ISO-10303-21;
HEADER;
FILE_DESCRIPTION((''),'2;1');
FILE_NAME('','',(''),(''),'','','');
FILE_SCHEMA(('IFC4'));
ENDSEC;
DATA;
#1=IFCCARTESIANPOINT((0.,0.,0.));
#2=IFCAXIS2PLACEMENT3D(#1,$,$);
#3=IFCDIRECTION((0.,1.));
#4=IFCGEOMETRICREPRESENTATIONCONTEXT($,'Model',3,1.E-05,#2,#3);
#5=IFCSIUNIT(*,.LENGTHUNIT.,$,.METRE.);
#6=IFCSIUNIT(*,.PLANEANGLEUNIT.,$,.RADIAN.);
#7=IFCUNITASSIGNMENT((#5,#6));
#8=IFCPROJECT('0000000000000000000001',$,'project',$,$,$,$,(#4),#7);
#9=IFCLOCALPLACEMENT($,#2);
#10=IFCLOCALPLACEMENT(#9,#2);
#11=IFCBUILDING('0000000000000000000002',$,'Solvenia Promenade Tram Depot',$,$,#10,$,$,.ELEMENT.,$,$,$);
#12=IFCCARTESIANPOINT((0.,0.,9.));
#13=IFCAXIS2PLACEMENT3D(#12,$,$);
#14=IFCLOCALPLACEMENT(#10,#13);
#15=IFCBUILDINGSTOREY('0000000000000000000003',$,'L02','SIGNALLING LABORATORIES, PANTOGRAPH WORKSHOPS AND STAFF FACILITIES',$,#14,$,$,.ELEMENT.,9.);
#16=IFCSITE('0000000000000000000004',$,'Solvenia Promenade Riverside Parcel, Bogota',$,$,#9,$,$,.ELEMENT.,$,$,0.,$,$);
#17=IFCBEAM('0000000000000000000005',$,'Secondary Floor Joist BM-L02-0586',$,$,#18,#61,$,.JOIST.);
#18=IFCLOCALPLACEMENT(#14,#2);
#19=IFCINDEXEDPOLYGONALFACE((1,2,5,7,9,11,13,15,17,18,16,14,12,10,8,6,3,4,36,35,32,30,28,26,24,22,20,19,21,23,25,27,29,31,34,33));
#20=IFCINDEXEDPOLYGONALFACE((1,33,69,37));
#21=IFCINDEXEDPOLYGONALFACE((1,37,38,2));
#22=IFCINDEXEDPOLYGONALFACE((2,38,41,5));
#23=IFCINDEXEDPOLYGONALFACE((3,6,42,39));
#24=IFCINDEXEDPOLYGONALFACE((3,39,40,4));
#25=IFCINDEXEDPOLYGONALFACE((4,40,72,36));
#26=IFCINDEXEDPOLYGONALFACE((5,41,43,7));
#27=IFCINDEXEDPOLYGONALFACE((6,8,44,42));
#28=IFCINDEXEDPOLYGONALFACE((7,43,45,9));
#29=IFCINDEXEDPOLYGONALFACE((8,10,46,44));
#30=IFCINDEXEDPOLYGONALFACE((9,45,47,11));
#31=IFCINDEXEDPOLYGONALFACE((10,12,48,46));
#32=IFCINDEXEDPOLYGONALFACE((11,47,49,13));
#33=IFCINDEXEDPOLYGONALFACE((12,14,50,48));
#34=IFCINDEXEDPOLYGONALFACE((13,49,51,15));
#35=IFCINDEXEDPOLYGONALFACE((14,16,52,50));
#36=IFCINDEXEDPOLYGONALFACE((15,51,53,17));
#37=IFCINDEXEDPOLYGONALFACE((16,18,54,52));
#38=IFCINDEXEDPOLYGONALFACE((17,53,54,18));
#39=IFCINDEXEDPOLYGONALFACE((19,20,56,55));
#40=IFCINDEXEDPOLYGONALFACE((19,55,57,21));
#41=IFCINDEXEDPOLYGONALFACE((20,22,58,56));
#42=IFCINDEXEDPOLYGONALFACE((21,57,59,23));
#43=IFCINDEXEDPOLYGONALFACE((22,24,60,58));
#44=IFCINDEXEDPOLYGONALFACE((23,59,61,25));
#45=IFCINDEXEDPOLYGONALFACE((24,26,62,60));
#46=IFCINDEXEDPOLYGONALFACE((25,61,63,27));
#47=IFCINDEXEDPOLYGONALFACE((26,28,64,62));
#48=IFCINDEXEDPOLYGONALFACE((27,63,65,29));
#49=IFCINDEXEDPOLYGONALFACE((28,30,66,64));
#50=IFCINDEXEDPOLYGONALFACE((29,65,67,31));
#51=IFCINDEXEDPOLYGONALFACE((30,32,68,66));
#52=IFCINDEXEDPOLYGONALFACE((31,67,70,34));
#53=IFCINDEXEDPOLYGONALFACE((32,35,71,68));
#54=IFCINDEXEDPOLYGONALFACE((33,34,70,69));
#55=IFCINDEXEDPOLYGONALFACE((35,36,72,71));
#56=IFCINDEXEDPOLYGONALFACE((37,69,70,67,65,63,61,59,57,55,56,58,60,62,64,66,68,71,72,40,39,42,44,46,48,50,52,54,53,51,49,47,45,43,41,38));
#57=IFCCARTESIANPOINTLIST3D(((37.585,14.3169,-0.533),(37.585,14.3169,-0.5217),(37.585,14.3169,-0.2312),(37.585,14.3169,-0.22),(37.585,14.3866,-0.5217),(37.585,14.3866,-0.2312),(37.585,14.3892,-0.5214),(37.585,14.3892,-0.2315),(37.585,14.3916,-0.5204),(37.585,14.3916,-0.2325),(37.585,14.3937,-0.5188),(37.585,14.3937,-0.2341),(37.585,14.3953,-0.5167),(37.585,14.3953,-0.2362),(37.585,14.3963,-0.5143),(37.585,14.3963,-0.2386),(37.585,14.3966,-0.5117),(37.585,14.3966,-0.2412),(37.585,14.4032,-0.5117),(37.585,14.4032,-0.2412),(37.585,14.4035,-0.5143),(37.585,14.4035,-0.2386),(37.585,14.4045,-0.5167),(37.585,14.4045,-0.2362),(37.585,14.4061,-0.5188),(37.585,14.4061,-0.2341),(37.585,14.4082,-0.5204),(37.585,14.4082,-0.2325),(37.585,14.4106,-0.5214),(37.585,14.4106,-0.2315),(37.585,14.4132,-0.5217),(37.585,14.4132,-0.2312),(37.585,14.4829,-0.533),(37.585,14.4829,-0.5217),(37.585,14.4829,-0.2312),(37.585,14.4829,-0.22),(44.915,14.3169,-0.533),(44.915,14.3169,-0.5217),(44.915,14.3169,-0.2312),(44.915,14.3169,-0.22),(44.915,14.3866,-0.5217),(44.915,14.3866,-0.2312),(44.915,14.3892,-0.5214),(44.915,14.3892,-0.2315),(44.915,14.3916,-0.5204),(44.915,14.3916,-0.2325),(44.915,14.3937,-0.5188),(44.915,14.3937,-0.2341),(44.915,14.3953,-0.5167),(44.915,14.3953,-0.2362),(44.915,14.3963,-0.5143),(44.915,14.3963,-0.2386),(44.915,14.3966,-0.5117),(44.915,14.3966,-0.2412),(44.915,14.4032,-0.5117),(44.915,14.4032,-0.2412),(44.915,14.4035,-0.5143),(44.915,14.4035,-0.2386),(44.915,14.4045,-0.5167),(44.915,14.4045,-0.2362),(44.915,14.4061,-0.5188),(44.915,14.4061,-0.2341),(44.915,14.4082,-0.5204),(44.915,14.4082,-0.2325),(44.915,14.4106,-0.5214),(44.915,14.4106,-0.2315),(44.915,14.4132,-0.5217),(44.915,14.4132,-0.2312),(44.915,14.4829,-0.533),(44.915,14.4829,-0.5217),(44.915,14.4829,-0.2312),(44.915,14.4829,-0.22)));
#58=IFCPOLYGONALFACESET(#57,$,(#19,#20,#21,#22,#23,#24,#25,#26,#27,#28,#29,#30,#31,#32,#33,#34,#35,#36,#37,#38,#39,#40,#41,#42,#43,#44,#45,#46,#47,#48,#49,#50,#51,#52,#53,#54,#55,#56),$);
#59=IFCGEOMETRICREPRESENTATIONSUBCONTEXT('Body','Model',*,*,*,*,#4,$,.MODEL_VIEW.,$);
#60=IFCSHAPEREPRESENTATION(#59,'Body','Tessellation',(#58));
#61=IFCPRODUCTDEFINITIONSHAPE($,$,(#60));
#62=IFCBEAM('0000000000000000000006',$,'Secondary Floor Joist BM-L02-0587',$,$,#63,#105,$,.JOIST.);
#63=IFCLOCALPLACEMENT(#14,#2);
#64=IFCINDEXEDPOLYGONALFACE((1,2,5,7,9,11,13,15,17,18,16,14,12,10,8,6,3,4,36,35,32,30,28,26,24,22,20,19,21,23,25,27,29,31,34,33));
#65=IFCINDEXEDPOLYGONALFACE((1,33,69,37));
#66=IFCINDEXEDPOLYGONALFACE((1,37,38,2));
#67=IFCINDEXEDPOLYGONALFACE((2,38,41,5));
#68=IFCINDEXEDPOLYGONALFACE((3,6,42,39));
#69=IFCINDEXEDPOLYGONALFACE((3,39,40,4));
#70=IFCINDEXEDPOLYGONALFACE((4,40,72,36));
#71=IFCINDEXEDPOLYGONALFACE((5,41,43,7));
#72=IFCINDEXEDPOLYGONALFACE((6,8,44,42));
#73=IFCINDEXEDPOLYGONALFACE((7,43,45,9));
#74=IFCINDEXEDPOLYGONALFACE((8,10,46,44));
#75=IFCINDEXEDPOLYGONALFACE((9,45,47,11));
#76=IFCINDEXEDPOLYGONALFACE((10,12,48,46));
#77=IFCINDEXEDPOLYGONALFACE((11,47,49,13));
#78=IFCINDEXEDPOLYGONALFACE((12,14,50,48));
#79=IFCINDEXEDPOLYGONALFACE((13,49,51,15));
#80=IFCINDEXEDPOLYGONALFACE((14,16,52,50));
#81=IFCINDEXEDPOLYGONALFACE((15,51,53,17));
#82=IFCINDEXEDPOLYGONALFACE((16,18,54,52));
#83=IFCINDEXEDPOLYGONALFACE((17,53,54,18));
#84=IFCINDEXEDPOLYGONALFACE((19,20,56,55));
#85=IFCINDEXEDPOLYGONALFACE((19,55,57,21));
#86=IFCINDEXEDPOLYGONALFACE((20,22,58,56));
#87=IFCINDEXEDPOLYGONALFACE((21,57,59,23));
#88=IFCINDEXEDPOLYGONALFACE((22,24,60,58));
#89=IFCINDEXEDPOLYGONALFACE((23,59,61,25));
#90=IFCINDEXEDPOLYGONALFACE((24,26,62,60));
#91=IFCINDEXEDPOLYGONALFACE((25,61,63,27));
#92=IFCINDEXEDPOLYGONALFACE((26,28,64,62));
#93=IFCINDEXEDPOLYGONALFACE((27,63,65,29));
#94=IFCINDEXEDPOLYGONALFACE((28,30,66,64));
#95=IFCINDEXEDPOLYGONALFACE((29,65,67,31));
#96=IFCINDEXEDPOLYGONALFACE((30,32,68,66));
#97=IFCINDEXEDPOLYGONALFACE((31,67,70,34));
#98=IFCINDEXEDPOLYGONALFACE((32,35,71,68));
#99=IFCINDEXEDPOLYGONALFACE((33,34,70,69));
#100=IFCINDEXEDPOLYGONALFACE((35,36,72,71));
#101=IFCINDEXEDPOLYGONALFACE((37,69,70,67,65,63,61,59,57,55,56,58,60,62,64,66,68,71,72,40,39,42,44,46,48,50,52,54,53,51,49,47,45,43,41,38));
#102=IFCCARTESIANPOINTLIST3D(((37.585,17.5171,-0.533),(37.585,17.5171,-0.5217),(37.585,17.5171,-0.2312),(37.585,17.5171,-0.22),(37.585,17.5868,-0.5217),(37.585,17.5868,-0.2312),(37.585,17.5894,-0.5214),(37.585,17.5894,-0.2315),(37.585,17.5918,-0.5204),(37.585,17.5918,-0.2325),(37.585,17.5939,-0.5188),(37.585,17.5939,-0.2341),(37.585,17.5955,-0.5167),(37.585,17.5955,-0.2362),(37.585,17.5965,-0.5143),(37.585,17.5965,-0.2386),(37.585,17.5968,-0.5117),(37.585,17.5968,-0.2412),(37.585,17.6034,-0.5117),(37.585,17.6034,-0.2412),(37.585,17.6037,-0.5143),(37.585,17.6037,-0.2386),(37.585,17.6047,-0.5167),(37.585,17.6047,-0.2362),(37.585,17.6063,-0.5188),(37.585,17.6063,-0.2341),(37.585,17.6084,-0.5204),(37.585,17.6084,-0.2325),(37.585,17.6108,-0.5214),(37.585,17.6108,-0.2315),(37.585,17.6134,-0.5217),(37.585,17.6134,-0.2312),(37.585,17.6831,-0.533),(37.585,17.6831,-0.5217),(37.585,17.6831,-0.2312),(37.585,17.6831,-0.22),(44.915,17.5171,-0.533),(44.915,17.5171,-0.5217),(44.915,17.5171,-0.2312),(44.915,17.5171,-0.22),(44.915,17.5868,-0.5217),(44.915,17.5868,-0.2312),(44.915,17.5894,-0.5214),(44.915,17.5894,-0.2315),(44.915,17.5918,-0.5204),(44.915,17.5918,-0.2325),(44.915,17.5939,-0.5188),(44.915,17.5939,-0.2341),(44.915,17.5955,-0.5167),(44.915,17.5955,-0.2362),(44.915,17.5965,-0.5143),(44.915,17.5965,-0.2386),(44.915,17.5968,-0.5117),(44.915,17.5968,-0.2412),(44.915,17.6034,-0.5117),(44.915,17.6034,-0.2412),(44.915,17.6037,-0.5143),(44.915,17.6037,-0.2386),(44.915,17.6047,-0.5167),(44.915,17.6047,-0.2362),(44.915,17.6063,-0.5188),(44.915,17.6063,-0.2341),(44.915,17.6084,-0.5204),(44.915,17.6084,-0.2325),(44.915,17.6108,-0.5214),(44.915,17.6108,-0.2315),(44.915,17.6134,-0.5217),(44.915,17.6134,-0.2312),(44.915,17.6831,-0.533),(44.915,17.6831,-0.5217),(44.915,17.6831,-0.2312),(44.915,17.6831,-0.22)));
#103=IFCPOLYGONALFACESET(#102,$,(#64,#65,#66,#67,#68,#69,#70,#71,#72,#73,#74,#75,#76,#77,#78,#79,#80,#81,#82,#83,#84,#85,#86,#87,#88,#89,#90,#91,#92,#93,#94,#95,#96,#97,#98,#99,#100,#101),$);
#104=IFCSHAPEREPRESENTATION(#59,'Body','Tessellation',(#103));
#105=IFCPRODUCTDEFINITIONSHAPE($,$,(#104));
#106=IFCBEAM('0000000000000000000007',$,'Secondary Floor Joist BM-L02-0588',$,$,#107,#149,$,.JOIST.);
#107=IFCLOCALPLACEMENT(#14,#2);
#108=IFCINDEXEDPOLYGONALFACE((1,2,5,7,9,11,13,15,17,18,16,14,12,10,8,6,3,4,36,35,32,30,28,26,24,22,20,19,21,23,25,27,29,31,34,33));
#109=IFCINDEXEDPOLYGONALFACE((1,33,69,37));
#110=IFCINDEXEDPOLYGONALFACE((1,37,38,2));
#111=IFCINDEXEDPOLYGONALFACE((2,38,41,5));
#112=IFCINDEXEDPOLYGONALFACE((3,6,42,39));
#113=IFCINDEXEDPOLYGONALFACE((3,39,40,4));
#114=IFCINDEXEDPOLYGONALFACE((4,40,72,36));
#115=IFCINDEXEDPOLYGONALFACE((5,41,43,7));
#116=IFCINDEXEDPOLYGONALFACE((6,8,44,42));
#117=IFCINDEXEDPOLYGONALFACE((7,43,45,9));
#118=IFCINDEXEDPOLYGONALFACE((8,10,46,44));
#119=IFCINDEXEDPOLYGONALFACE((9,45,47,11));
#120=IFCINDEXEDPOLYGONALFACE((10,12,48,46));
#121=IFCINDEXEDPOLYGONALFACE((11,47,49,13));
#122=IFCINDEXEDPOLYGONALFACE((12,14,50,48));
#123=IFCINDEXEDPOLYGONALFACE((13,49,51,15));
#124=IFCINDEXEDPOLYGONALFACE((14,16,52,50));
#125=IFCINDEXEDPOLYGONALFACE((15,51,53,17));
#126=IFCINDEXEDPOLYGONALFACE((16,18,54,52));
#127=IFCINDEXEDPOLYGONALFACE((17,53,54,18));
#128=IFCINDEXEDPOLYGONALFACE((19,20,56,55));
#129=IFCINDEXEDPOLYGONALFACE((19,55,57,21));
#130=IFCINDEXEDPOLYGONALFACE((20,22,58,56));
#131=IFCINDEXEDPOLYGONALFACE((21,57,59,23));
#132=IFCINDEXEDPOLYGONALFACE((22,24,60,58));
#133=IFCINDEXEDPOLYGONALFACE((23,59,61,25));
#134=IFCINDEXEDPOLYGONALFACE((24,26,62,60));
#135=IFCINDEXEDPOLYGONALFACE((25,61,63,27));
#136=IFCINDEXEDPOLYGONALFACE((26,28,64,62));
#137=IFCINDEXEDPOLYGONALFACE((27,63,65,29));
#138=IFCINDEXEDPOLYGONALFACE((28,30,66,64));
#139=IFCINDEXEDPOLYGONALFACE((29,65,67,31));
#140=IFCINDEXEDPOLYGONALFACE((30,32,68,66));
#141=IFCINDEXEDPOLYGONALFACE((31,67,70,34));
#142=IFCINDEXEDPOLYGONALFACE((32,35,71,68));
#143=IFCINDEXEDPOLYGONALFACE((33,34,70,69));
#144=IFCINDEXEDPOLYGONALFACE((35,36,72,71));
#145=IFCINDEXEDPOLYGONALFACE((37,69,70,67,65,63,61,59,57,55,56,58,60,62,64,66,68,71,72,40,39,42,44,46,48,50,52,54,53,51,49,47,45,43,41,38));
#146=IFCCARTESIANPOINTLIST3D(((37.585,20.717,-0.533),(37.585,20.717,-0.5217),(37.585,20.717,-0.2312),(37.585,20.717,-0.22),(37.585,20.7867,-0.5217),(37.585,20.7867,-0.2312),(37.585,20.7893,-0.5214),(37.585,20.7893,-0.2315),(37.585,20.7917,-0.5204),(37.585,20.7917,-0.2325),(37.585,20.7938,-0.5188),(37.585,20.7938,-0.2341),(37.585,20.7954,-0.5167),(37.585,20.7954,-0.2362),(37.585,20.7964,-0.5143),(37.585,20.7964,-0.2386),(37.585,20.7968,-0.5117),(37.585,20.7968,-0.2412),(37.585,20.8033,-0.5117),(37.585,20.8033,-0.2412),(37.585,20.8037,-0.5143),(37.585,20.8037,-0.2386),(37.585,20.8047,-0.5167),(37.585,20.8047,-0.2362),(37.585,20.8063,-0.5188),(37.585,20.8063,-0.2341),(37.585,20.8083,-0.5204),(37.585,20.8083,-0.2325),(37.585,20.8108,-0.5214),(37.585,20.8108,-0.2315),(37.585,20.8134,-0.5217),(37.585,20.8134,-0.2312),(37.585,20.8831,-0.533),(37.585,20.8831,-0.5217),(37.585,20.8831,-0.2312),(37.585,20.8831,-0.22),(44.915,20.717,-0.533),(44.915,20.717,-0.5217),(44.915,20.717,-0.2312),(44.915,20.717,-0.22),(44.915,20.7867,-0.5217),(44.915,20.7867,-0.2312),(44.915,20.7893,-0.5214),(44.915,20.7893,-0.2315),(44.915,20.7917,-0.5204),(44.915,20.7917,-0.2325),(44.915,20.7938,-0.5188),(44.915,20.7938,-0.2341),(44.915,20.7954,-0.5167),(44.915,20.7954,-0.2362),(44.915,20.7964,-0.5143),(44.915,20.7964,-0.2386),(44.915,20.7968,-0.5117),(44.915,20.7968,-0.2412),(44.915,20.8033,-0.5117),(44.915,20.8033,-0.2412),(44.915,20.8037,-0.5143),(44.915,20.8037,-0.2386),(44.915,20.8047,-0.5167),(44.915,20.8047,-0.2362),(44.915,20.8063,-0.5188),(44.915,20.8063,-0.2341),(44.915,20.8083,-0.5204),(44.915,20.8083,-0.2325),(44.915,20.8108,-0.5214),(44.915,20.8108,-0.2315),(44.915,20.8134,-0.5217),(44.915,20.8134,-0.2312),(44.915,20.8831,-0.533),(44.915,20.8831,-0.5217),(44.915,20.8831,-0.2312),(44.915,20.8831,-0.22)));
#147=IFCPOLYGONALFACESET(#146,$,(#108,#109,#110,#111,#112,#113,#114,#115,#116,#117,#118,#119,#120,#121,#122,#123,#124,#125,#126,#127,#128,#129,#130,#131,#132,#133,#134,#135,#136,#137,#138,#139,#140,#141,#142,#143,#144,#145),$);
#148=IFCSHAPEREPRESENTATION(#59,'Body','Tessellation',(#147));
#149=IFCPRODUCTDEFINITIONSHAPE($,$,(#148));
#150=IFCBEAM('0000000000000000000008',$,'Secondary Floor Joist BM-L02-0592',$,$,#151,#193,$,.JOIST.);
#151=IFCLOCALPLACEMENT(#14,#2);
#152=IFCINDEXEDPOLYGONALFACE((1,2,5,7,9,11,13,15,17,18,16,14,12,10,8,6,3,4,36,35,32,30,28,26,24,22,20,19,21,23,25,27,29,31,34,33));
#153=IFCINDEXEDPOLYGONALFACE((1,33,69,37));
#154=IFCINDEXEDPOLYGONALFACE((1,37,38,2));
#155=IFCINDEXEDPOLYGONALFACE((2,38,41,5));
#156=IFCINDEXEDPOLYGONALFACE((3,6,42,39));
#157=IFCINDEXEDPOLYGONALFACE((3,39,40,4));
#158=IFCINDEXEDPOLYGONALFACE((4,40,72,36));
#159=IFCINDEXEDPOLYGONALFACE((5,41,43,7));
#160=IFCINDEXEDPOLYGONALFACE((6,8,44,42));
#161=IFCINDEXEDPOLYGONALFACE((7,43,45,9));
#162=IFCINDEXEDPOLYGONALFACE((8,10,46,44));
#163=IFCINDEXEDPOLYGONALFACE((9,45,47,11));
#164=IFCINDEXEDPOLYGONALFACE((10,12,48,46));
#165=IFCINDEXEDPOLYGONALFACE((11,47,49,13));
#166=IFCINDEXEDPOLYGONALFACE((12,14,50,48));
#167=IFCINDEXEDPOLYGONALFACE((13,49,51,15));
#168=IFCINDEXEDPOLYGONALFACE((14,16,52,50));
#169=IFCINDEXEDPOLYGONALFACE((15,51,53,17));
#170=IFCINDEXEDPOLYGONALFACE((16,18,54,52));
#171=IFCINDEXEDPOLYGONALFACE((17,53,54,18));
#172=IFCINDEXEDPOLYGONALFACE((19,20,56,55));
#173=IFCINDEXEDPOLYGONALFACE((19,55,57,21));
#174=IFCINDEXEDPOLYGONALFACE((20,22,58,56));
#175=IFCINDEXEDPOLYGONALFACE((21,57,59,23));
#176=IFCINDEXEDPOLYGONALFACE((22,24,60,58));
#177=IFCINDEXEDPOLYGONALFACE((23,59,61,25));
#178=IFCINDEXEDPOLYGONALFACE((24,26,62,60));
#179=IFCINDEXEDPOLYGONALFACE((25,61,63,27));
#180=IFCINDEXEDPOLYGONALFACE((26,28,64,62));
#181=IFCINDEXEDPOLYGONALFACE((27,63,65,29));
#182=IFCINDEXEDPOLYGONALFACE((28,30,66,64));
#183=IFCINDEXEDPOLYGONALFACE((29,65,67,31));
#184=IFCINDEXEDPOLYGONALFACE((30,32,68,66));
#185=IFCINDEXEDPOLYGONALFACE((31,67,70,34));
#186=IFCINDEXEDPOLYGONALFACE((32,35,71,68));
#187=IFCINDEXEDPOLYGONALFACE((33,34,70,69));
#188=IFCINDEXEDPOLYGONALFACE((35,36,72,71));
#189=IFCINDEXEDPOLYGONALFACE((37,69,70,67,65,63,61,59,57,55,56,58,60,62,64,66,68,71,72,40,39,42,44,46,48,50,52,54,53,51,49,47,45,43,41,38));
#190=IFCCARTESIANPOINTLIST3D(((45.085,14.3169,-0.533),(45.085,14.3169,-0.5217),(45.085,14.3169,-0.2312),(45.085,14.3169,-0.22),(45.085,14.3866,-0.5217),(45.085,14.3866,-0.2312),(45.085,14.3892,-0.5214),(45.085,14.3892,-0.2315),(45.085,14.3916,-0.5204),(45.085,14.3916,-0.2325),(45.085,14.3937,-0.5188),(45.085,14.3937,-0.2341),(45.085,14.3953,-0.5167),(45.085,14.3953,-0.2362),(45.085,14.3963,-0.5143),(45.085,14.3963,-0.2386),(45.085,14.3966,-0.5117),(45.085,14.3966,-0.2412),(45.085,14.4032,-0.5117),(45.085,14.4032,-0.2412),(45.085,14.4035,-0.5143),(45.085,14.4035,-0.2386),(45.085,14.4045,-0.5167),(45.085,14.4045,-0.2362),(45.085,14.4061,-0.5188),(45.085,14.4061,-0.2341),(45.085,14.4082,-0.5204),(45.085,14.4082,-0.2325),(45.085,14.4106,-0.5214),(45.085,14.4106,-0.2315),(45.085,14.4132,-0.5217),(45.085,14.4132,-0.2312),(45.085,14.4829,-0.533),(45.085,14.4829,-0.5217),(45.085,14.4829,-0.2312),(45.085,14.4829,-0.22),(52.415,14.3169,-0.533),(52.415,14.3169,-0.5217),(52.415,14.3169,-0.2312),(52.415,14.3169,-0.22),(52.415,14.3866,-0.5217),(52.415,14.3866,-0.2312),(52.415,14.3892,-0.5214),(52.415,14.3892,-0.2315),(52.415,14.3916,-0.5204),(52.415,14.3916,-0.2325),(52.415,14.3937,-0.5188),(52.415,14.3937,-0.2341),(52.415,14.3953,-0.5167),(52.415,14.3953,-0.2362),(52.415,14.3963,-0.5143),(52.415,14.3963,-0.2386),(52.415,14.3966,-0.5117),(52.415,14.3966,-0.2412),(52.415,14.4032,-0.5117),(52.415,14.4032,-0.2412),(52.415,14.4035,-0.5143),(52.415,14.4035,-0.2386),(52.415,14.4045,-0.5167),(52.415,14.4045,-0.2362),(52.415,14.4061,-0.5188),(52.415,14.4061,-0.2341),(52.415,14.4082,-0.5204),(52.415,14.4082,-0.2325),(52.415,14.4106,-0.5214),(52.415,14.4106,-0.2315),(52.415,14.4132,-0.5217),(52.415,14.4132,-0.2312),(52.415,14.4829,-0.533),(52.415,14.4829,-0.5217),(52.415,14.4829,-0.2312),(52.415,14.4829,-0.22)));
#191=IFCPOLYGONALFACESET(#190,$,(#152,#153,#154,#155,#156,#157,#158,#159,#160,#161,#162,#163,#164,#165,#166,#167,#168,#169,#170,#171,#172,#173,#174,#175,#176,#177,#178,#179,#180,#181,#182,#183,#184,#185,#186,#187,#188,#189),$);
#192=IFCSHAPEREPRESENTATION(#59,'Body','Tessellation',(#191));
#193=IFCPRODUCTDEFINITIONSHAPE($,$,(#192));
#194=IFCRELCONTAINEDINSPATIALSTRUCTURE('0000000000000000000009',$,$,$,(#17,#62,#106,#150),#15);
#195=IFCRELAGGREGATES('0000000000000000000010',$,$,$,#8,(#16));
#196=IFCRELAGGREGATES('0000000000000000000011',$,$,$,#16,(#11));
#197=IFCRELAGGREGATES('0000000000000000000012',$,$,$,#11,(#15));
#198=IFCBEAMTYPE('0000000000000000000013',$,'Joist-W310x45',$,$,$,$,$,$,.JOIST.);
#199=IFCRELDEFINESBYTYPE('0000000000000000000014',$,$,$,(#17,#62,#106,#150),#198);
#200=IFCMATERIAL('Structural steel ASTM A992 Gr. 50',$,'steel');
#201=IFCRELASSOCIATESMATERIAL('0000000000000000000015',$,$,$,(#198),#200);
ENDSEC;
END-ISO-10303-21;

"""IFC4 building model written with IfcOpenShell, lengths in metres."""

from ifc_helpers import new_model, si_unit, direction, frame, origin, origin_2d, place, context, subcontext, project, spatial, i_section, extrude, material, material_profile, profile_set, type_object, element, save


model = new_model("IFC4")

# Units and contexts
model_context = context("Model", 3, precision=1e-05, world=origin(), true_north=direction((0.0, 1.0)))
body_context = subcontext(model_context, "Body", "Model", "MODEL_VIEW")
ifc_project = project(units=[si_unit("LENGTHUNIT", "METRE"), si_unit("PLANEANGLEUNIT", "RADIAN")], contexts=[model_context])

# Site, building, storey
site_placement = place(None, origin())
site = spatial("IfcSite", under=ifc_project, at=site_placement, Name="Solvenia Promenade Riverside Parcel, Bogota", CompositionType="ELEMENT", RefElevation=0.0)
building_placement = place(site_placement, origin())
building = spatial("IfcBuilding", under=site, at=building_placement, Name="Solvenia Promenade Tram Depot", CompositionType="ELEMENT")
storey_placement = place(building_placement, frame((0.0, 0.0, 9.0)))
storey = spatial("IfcBuildingStorey", under=building, at=storey_placement, Name="L02", Description="SIGNALLING LABORATORIES, PANTOGRAPH WORKSHOPS AND STAFF FACILITIES", CompositionType="ELEMENT", Elevation=9.0)

# Shared definitions
ifc_material_1 = material(Name="Structural steel ASTM A992 Gr. 50", Category="steel")

# Beams
ifc_material_profile_1 = material_profile(ifc_material_1, i_section(OverallWidth=0.166, OverallDepth=0.313, WebThickness=0.0066, FlangeThickness=0.0112, FilletRadius=0.01, at=origin_2d()), Name="W310x45", Category="steel")
ifc_profile_set_1 = profile_set([ifc_material_profile_1], Name="Structural steel ASTM A992 Gr. 50")
beam_type_1 = type_object("IfcBeamType", Name="Joist-W310x45", PredefinedType="JOIST", material=ifc_profile_set_1)
for number, where, z_axis, x_axis, name in (
    (1, (37.585, 14.3999, -0.3765), (1.0, 0.0, 0.0), (0.0, 1.0, 0.0), "Secondary Floor Joist BM-L02-0586"),
    (2, (37.585, 17.6001, -0.3765), (1.0, 0.0, 0.0), (0.0, 1.0, 0.0), "Secondary Floor Joist BM-L02-0587"),
    (3, (37.585, 20.8, -0.3765), (1.0, 0.0, 0.0), (0.0, 1.0, 0.0), "Secondary Floor Joist BM-L02-0588"),
    (4, (45.085, 14.3999, -0.3765), (1.0, 0.0, 0.0), (0.0, 1.0, 0.0), "Secondary Floor Joist BM-L02-0592"),
):
    element("IfcBeam", number, at=place(storey_placement, frame(where, z_axis=z_axis, x_axis=x_axis)), inside=storey, type_object=beam_type_1, Name=name, PredefinedType="JOIST", context=body_context, shape_type="SweptSolid", body=[
        extrude(i_section(OverallWidth=0.166, OverallDepth=0.313, WebThickness=0.0066, FlangeThickness=0.0112, FilletRadius=0.01, at=origin_2d()), origin(), (0.0, 0.0, 1.0), 7.3301),
    ])

save(model, "model.ifc")
